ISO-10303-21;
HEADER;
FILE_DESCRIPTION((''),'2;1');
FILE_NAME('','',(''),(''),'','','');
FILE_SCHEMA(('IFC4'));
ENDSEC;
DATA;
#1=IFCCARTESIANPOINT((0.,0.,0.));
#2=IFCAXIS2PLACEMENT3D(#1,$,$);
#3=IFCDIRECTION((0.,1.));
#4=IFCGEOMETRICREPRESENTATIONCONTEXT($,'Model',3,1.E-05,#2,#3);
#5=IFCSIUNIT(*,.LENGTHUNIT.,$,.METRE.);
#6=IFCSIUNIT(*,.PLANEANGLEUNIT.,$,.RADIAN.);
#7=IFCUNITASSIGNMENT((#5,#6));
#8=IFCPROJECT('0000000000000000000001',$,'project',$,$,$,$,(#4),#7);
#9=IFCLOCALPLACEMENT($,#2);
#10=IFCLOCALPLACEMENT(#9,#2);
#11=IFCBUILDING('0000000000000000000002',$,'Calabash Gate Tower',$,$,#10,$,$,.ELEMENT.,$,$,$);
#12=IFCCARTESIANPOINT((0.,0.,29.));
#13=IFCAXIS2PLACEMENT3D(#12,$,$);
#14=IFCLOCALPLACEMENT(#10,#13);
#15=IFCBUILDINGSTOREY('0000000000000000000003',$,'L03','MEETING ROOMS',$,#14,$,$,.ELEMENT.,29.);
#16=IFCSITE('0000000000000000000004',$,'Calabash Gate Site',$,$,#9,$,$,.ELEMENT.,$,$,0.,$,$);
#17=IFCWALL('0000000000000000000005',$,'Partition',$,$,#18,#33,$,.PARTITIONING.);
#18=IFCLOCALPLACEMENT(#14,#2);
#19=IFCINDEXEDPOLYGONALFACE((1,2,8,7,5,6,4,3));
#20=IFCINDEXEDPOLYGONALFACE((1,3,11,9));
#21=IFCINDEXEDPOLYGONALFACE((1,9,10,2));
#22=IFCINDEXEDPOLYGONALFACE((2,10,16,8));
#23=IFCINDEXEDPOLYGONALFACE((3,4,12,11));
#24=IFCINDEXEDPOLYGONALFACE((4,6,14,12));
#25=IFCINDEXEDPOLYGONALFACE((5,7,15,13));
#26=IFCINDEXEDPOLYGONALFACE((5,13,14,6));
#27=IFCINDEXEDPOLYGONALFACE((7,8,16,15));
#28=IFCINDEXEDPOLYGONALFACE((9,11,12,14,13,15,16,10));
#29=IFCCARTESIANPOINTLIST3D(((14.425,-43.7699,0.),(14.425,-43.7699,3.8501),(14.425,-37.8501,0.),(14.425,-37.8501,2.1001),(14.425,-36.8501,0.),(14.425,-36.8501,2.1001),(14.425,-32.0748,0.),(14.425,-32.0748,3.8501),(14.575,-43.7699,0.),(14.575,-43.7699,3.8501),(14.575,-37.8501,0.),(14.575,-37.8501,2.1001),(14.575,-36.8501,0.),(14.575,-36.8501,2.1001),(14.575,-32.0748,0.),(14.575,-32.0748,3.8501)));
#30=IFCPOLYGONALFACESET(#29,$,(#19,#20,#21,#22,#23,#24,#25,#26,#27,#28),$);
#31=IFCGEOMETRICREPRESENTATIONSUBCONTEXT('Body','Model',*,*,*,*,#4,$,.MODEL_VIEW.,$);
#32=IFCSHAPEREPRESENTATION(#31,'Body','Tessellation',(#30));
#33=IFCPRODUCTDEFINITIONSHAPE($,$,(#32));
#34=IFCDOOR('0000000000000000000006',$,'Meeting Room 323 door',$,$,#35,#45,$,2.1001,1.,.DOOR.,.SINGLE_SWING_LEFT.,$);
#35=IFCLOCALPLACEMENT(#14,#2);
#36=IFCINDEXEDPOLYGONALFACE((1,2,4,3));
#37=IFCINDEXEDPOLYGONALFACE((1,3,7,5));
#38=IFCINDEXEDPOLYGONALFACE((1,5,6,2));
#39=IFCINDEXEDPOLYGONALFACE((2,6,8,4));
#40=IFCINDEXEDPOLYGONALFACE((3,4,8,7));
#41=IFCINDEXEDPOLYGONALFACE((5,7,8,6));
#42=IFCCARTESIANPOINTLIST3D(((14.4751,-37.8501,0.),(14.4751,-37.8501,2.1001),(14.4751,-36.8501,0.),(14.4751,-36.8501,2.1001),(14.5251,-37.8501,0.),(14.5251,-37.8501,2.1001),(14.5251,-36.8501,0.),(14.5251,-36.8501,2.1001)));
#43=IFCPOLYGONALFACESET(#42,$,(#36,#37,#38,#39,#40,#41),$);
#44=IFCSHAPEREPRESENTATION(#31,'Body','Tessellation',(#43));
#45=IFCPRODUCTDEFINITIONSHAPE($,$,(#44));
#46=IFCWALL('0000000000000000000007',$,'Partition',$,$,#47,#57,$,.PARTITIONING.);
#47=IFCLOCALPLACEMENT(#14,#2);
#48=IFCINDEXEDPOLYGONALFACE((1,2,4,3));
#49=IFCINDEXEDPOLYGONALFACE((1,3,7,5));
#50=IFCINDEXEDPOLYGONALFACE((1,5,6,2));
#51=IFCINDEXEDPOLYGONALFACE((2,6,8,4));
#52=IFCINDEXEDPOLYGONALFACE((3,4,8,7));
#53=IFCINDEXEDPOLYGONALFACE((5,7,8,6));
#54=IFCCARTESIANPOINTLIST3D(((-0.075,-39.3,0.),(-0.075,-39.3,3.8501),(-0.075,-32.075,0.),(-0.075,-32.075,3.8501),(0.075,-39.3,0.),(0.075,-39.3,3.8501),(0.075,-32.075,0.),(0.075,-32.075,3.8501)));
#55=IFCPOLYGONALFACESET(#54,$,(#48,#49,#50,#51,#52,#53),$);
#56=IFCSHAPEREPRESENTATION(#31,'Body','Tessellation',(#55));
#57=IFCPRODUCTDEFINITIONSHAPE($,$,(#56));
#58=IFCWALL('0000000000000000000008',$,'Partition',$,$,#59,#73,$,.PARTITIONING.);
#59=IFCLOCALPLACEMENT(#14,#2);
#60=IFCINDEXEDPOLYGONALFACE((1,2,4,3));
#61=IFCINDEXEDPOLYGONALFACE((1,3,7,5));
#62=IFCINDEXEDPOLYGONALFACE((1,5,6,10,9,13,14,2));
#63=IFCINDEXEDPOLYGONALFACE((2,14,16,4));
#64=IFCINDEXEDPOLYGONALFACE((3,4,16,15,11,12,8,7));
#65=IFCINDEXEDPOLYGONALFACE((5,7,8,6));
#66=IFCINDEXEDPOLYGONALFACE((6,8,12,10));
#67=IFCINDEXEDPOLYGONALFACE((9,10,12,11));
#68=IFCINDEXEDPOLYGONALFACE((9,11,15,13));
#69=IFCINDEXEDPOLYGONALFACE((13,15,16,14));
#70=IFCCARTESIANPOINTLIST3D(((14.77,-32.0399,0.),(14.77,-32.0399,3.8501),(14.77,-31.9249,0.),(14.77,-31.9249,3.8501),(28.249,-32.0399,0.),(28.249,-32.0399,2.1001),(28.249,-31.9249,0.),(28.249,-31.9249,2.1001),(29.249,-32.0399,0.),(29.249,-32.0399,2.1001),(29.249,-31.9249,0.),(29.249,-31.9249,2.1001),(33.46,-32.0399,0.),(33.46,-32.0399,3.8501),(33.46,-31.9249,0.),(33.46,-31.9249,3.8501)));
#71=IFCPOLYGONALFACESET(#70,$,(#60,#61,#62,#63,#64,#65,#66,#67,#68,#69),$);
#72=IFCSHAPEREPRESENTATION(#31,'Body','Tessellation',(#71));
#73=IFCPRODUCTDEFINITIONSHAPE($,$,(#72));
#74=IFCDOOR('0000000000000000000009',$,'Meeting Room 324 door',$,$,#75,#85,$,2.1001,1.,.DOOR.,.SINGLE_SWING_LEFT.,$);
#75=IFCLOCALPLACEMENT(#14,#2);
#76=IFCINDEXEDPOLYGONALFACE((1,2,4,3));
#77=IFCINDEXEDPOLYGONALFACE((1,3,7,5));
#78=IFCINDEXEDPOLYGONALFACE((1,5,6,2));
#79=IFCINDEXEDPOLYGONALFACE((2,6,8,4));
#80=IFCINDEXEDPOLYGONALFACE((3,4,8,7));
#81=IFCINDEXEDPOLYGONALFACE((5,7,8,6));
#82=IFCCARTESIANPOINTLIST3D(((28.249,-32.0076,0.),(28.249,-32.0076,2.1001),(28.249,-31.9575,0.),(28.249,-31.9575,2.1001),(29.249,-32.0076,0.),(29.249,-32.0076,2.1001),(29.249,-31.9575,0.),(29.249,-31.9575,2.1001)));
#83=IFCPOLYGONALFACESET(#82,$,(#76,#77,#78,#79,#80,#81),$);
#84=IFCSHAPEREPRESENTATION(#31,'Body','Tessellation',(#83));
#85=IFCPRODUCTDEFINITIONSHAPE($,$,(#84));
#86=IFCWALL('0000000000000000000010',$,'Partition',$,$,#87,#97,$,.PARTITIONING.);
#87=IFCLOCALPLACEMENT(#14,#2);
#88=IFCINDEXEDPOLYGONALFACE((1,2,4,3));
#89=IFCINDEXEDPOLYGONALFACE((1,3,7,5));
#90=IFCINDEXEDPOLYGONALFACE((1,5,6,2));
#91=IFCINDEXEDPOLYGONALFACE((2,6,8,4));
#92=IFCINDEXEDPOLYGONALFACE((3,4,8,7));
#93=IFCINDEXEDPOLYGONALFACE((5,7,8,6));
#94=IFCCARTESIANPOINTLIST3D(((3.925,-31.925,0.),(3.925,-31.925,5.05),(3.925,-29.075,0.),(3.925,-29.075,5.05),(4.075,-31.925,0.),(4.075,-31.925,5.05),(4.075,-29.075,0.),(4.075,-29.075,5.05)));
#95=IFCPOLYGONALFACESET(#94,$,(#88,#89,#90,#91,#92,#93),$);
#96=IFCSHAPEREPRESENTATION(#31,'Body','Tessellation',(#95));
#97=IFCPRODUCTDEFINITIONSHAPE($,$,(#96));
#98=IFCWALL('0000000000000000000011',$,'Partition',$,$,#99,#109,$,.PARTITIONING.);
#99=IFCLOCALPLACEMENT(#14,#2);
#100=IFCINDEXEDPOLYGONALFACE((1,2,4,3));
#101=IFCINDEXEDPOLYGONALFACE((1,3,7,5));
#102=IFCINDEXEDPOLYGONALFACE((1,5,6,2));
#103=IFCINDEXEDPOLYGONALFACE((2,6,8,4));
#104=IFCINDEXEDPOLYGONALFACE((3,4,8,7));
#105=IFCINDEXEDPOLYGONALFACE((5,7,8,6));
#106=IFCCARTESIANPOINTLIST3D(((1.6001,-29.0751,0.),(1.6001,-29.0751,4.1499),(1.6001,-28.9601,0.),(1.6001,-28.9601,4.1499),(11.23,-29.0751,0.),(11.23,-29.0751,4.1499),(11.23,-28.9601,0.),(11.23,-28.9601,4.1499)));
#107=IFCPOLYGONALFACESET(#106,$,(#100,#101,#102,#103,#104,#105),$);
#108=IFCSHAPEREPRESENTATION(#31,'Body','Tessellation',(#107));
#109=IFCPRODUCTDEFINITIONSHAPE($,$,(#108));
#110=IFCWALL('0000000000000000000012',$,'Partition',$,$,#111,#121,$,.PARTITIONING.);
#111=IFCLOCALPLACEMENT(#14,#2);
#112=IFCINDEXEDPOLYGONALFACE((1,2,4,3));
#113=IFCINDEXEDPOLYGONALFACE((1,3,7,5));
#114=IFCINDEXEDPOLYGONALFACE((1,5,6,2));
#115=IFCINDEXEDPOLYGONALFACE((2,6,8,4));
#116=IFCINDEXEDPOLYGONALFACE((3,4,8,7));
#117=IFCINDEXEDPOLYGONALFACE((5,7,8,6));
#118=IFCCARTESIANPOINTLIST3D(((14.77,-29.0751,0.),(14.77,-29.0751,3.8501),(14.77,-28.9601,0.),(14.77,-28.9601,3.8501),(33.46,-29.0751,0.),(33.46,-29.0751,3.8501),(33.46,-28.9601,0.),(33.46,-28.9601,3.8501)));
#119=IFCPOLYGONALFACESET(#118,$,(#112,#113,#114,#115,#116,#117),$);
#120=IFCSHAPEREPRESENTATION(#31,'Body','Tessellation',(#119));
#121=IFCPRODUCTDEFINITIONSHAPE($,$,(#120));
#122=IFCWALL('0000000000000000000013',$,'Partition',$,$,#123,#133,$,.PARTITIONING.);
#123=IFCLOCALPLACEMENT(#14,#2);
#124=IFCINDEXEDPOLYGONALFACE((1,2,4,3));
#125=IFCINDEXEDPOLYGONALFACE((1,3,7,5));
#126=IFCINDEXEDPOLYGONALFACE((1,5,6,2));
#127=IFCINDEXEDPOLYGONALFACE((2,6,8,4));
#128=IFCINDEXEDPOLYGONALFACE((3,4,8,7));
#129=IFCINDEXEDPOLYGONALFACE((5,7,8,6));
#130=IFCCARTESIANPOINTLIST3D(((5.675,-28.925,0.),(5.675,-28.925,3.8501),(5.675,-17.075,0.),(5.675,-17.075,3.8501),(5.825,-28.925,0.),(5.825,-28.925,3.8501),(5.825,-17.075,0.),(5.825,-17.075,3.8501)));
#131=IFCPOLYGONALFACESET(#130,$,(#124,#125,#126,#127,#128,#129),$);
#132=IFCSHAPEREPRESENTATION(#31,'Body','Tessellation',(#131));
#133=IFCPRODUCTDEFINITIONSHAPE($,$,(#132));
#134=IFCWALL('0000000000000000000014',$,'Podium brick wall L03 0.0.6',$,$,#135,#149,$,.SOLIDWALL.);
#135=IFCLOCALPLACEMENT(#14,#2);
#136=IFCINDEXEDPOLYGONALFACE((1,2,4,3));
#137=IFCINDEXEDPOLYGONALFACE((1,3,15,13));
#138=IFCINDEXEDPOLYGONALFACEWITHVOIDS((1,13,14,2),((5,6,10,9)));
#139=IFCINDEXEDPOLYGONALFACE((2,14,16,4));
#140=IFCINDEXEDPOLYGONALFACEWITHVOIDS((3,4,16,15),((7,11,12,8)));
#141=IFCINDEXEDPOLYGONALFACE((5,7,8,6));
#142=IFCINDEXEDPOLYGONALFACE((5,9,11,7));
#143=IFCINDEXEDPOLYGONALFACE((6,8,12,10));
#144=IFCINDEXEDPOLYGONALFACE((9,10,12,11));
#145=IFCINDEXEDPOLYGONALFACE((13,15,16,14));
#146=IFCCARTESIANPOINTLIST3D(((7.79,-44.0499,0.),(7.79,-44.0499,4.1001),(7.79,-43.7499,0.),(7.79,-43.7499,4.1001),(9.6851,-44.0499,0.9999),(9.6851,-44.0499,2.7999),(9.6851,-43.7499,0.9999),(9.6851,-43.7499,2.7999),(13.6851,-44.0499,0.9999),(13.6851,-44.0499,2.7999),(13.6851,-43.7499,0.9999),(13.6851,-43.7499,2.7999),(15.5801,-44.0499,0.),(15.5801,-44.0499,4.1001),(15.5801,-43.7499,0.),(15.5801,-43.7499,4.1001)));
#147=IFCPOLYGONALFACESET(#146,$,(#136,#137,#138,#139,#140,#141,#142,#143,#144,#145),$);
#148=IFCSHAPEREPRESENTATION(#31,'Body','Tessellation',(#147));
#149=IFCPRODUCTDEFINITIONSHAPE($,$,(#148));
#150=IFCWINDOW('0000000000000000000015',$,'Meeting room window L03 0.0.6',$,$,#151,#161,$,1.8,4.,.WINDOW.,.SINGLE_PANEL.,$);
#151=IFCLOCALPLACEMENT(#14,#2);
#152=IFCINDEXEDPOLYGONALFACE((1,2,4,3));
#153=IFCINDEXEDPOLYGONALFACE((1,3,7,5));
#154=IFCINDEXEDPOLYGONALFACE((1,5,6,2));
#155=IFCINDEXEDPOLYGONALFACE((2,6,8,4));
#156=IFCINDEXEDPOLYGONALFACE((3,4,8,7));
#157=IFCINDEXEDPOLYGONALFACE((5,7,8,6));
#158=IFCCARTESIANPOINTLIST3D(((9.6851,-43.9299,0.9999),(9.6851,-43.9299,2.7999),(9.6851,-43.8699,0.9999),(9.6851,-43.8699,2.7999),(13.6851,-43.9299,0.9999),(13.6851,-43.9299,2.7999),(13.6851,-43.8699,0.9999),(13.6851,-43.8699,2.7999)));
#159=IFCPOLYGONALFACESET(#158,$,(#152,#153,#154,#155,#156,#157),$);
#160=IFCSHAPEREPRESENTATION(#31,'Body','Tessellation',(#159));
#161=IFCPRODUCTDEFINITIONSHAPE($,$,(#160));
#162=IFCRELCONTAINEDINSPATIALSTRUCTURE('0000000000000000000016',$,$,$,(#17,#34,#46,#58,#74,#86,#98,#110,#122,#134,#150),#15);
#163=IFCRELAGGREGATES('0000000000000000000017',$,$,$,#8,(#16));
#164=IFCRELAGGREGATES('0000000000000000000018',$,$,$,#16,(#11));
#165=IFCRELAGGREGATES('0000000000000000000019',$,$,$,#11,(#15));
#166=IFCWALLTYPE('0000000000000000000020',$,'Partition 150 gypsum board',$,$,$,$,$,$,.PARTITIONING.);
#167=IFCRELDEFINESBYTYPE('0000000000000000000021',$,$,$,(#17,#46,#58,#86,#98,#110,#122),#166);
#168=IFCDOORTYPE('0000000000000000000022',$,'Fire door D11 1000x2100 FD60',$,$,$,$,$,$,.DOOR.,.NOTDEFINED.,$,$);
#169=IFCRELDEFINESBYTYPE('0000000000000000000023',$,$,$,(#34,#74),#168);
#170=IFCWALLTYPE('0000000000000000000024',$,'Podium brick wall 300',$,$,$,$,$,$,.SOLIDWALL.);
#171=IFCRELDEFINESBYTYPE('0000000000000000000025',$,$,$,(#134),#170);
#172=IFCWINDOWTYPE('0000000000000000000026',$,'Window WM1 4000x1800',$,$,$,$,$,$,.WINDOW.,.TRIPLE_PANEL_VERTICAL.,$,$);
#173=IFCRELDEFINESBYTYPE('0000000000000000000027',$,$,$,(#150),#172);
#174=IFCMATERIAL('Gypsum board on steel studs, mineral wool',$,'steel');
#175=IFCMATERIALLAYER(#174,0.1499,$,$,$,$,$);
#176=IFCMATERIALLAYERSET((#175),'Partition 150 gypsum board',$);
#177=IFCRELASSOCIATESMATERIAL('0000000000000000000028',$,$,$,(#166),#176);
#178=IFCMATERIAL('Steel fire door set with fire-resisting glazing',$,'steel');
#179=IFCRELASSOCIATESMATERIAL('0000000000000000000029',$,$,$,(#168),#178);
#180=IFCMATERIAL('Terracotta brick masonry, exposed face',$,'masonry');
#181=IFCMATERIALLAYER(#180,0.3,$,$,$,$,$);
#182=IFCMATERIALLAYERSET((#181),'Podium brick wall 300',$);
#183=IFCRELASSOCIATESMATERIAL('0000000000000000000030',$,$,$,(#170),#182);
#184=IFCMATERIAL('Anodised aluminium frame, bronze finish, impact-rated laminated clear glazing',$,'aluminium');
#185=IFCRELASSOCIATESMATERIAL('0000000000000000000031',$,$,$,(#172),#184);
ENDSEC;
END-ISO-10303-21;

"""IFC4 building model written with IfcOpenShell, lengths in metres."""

from ifc_helpers import new_model, si_unit, direction, frame, frame_2d, origin, place, context, subcontext, project, spatial, rectangle, extrude, material, layer, layer_set, type_object, element, fill, save


model = new_model("IFC4")

# Units and contexts
model_context = context("Model", 3, precision=1e-05, world=origin(), true_north=direction((0.0, 1.0)))
body_context = subcontext(model_context, "Body", "Model", "MODEL_VIEW")
ifc_project = project(units=[si_unit("LENGTHUNIT", "METRE"), si_unit("PLANEANGLEUNIT", "RADIAN")], contexts=[model_context])

# Site, building, storey
site_placement = place(None, origin())
site = spatial("IfcSite", under=ifc_project, at=site_placement, Name="Calabash Gate Site", CompositionType="ELEMENT", RefElevation=0.0)
building_placement = place(site_placement, origin())
building = spatial("IfcBuilding", under=site, at=building_placement, Name="Calabash Gate Tower", CompositionType="ELEMENT")
storey_placement = place(building_placement, frame((0.0, 0.0, 29.0)))
storey = spatial("IfcBuildingStorey", under=building, at=storey_placement, Name="L03", Description="MEETING ROOMS", CompositionType="ELEMENT", Elevation=29.0)

# Shared definitions
ifc_material_1 = material(Name="Gypsum board on steel studs, mineral wool", Category="steel")
ifc_layer_1 = layer(ifc_material_1, 0.1499)
ifc_layer_set_1 = layer_set([ifc_layer_1], Name="Partition 150 gypsum board")
wall_type_1 = type_object("IfcWallType", Name="Partition 150 gypsum board", PredefinedType="PARTITIONING", material=ifc_layer_set_1)

# Wall, opening, door
ifc_material_2 = material(Name="Steel fire door set with fire-resisting glazing", Category="steel")
door_type = type_object("IfcDoorType", Name="Fire door D11 1000x2100 FD60", OperationType="NOTDEFINED", PredefinedType="DOOR", material=ifc_material_2)
wall_1_placement = place(storey_placement, frame((14.5, -43.77, 0.0), z_axis=(0.0, 0.0, 1.0), x_axis=(0.0, 1.0, 0.0)))
wall_1 = element("IfcWall", 1, at=wall_1_placement, inside=storey, type_object=wall_type_1, Name="Partition", PredefinedType="PARTITIONING", context=body_context, shape_type="SweptSolid", body=[
    extrude(rectangle(XDim=11.6951, YDim=0.1499, at=frame_2d((5.8477, 0.0))), origin(), (0.0, 0.0, 1.0), 3.8501),
])
opening_1_placement = place(wall_1_placement, frame((5.9199, 0.0, 0.0)))
opening_1 = element("IfcOpeningElement", 2, at=opening_1_placement, cuts=wall_1, PredefinedType="OPENING", context=body_context, shape_type="SweptSolid", body=[
    extrude(rectangle(XDim=1.0, YDim=2.1001, at=frame_2d((0.5, 1.05))), frame((0.0, 0.085, 0.0), z_axis=(0.0, -1.0, 0.0), x_axis=(1.0, 0.0, 0.0)), (0.0, 0.0, 1.0), 0.1699),
])
door_1_placement = place(opening_1_placement, origin())
door_1 = element("IfcDoor", 3, at=door_1_placement, inside=storey, type_object=door_type, Name="Meeting Room 323 door", OperationType="SINGLE_SWING_LEFT", OverallHeight=2.1001, OverallWidth=1.0, PredefinedType="DOOR", context=body_context, shape_type="SweptSolid", body=[
    extrude(rectangle(XDim=1.0, YDim=2.1001, at=frame_2d((0.5, 1.05))), frame((0.0, 0.0249, 0.0), z_axis=(0.0, -1.0, 0.0), x_axis=(1.0, 0.0, 0.0)), (0.0, 0.0, 1.0), 0.05),
])
fill(opening_1, door_1)

# Wall
wall_2_placement = place(storey_placement, frame((0.0, -39.3, 0.0), z_axis=(0.0, 0.0, 1.0), x_axis=(0.0, 1.0, 0.0)))
element("IfcWall", 4, at=wall_2_placement, inside=storey, type_object=wall_type_1, Name="Partition", PredefinedType="PARTITIONING", context=body_context, shape_type="SweptSolid", body=[
    extrude(rectangle(XDim=7.2251, YDim=0.1499, at=frame_2d((3.6125, 0.0))), origin(), (0.0, 0.0, 1.0), 3.8501),
])

# Wall, opening, door
wall_3_placement = place(storey_placement, frame((14.77, -31.9824, 0.0), z_axis=(0.0, 0.0, 1.0), x_axis=(1.0, 0.0, 0.0)))
wall_3 = element("IfcWall", 5, at=wall_3_placement, inside=storey, type_object=wall_type_1, Name="Partition", PredefinedType="PARTITIONING", context=body_context, shape_type="SweptSolid", body=[
    extrude(rectangle(XDim=18.6899, YDim=0.115, at=frame_2d((9.345, 0.0))), origin(), (0.0, 0.0, 1.0), 3.8501),
])
opening_2_placement = place(wall_3_placement, frame((13.479, 0.0, 0.0)))
opening_2 = element("IfcOpeningElement", 6, at=opening_2_placement, cuts=wall_3, PredefinedType="OPENING", context=body_context, shape_type="SweptSolid", body=[
    extrude(rectangle(XDim=1.0, YDim=2.1001, at=frame_2d((0.5, 1.05))), frame((0.0, 0.0674, 0.0), z_axis=(0.0, -1.0, 0.0), x_axis=(1.0, 0.0, 0.0)), (0.0, 0.0, 1.0), 0.135),
])
door_2_placement = place(opening_2_placement, origin())
door_2 = element("IfcDoor", 7, at=door_2_placement, inside=storey, type_object=door_type, Name="Meeting Room 324 door", OperationType="SINGLE_SWING_LEFT", OverallHeight=2.1001, OverallWidth=1.0, PredefinedType="DOOR", context=body_context, shape_type="SweptSolid", body=[
    extrude(rectangle(XDim=1.0, YDim=2.1001, at=frame_2d((0.5, 1.05))), frame((0.0, 0.0249, 0.0), z_axis=(0.0, -1.0, 0.0), x_axis=(1.0, 0.0, 0.0)), (0.0, 0.0, 1.0), 0.05),
])
fill(opening_2, door_2)

# Walls
wall_4_placement = place(storey_placement, frame((4.0, -31.925, 0.0), z_axis=(0.0, 0.0, 1.0), x_axis=(0.0, 1.0, 0.0)))
element("IfcWall", 8, at=wall_4_placement, inside=storey, type_object=wall_type_1, Name="Partition", PredefinedType="PARTITIONING", context=body_context, shape_type="SweptSolid", body=[
    extrude(rectangle(XDim=2.8501, YDim=0.1499, at=frame_2d((1.425, 0.0))), origin(), (0.0, 0.0, 1.0), 5.05),
])
wall_5_placement = place(storey_placement, frame((1.6001, -29.0176, 0.0), z_axis=(0.0, 0.0, 1.0), x_axis=(1.0, 0.0, 0.0)))
element("IfcWall", 9, at=wall_5_placement, inside=storey, type_object=wall_type_1, Name="Partition", PredefinedType="PARTITIONING", context=body_context, shape_type="SweptSolid", body=[
    extrude(rectangle(XDim=9.6299, YDim=0.115, at=frame_2d((4.8149, 0.0))), origin(), (0.0, 0.0, 1.0), 4.1499),
])
wall_6_placement = place(storey_placement, frame((14.77, -29.0176, 0.0), z_axis=(0.0, 0.0, 1.0), x_axis=(1.0, 0.0, 0.0)))
element("IfcWall", 10, at=wall_6_placement, inside=storey, type_object=wall_type_1, Name="Partition", PredefinedType="PARTITIONING", context=body_context, shape_type="SweptSolid", body=[
    extrude(rectangle(XDim=18.6899, YDim=0.115, at=frame_2d((9.345, 0.0))), origin(), (0.0, 0.0, 1.0), 3.8501),
])
wall_7_placement = place(storey_placement, frame((5.75, -28.925, 0.0), z_axis=(0.0, 0.0, 1.0), x_axis=(0.0, 1.0, 0.0)))
element("IfcWall", 11, at=wall_7_placement, inside=storey, type_object=wall_type_1, Name="Partition", PredefinedType="PARTITIONING", context=body_context, shape_type="SweptSolid", body=[
    extrude(rectangle(XDim=11.8501, YDim=0.1499, at=frame_2d((5.925, 0.0))), origin(), (0.0, 0.0, 1.0), 3.8501),
])

# Wall, opening, window
ifc_material_3 = material(Name="Terracotta brick masonry, exposed face", Category="masonry")
ifc_layer_2 = layer(ifc_material_3, 0.3)
ifc_layer_set_2 = layer_set([ifc_layer_2], Name="Podium brick wall 300")
wall_type_2 = type_object("IfcWallType", Name="Podium brick wall 300", PredefinedType="SOLIDWALL", material=ifc_layer_set_2)
wall_8_placement = place(storey_placement, frame((7.79, -43.8999, 0.0), z_axis=(0.0, 0.0, 1.0), x_axis=(1.0, 0.0, 0.0)))
wall_8 = element("IfcWall", 12, at=wall_8_placement, inside=storey, type_object=wall_type_2, Name="Podium brick wall L03 0.0.6", PredefinedType="SOLIDWALL", context=body_context, shape_type="SweptSolid", body=[
    extrude(rectangle(XDim=7.79, YDim=0.3, at=frame_2d((3.895, 0.0))), origin(), (0.0, 0.0, 1.0), 4.1001),
])
opening_3_placement = place(wall_8_placement, frame((1.895, 0.0, 1.0)))
opening_3 = element("IfcOpeningElement", 13, at=opening_3_placement, cuts=wall_8, PredefinedType="OPENING", context=body_context, shape_type="SweptSolid", body=[
    extrude(rectangle(XDim=4.0, YDim=1.8, at=frame_2d((2.0, 0.8999))), frame((0.0, 0.1599, 0.0), z_axis=(0.0, -1.0, 0.0), x_axis=(1.0, 0.0, 0.0)), (0.0, 0.0, 1.0), 0.3201),
])
ifc_material_4 = material(Name="Anodised aluminium frame, bronze finish, impact-rated laminated clear glazing", Category="aluminium")
window_type = type_object("IfcWindowType", Name="Window WM1 4000x1800", PartitioningType="TRIPLE_PANEL_VERTICAL", PredefinedType="WINDOW", material=ifc_material_4)
window_1_placement = place(opening_3_placement, origin())
window_1 = element("IfcWindow", 14, at=window_1_placement, inside=storey, type_object=window_type, Name="Meeting room window L03 0.0.6", OverallHeight=1.8, OverallWidth=4.0, PartitioningType="SINGLE_PANEL", PredefinedType="WINDOW", context=body_context, shape_type="SweptSolid", body=[
    extrude(rectangle(XDim=4.0, YDim=1.8, at=frame_2d((2.0, 0.8999))), frame((0.0, 0.03, 0.0), z_axis=(0.0, -1.0, 0.0), x_axis=(1.0, 0.0, 0.0)), (0.0, 0.0, 1.0), 0.0601),
])
fill(opening_3, window_1)

save(model, "model.ifc")
